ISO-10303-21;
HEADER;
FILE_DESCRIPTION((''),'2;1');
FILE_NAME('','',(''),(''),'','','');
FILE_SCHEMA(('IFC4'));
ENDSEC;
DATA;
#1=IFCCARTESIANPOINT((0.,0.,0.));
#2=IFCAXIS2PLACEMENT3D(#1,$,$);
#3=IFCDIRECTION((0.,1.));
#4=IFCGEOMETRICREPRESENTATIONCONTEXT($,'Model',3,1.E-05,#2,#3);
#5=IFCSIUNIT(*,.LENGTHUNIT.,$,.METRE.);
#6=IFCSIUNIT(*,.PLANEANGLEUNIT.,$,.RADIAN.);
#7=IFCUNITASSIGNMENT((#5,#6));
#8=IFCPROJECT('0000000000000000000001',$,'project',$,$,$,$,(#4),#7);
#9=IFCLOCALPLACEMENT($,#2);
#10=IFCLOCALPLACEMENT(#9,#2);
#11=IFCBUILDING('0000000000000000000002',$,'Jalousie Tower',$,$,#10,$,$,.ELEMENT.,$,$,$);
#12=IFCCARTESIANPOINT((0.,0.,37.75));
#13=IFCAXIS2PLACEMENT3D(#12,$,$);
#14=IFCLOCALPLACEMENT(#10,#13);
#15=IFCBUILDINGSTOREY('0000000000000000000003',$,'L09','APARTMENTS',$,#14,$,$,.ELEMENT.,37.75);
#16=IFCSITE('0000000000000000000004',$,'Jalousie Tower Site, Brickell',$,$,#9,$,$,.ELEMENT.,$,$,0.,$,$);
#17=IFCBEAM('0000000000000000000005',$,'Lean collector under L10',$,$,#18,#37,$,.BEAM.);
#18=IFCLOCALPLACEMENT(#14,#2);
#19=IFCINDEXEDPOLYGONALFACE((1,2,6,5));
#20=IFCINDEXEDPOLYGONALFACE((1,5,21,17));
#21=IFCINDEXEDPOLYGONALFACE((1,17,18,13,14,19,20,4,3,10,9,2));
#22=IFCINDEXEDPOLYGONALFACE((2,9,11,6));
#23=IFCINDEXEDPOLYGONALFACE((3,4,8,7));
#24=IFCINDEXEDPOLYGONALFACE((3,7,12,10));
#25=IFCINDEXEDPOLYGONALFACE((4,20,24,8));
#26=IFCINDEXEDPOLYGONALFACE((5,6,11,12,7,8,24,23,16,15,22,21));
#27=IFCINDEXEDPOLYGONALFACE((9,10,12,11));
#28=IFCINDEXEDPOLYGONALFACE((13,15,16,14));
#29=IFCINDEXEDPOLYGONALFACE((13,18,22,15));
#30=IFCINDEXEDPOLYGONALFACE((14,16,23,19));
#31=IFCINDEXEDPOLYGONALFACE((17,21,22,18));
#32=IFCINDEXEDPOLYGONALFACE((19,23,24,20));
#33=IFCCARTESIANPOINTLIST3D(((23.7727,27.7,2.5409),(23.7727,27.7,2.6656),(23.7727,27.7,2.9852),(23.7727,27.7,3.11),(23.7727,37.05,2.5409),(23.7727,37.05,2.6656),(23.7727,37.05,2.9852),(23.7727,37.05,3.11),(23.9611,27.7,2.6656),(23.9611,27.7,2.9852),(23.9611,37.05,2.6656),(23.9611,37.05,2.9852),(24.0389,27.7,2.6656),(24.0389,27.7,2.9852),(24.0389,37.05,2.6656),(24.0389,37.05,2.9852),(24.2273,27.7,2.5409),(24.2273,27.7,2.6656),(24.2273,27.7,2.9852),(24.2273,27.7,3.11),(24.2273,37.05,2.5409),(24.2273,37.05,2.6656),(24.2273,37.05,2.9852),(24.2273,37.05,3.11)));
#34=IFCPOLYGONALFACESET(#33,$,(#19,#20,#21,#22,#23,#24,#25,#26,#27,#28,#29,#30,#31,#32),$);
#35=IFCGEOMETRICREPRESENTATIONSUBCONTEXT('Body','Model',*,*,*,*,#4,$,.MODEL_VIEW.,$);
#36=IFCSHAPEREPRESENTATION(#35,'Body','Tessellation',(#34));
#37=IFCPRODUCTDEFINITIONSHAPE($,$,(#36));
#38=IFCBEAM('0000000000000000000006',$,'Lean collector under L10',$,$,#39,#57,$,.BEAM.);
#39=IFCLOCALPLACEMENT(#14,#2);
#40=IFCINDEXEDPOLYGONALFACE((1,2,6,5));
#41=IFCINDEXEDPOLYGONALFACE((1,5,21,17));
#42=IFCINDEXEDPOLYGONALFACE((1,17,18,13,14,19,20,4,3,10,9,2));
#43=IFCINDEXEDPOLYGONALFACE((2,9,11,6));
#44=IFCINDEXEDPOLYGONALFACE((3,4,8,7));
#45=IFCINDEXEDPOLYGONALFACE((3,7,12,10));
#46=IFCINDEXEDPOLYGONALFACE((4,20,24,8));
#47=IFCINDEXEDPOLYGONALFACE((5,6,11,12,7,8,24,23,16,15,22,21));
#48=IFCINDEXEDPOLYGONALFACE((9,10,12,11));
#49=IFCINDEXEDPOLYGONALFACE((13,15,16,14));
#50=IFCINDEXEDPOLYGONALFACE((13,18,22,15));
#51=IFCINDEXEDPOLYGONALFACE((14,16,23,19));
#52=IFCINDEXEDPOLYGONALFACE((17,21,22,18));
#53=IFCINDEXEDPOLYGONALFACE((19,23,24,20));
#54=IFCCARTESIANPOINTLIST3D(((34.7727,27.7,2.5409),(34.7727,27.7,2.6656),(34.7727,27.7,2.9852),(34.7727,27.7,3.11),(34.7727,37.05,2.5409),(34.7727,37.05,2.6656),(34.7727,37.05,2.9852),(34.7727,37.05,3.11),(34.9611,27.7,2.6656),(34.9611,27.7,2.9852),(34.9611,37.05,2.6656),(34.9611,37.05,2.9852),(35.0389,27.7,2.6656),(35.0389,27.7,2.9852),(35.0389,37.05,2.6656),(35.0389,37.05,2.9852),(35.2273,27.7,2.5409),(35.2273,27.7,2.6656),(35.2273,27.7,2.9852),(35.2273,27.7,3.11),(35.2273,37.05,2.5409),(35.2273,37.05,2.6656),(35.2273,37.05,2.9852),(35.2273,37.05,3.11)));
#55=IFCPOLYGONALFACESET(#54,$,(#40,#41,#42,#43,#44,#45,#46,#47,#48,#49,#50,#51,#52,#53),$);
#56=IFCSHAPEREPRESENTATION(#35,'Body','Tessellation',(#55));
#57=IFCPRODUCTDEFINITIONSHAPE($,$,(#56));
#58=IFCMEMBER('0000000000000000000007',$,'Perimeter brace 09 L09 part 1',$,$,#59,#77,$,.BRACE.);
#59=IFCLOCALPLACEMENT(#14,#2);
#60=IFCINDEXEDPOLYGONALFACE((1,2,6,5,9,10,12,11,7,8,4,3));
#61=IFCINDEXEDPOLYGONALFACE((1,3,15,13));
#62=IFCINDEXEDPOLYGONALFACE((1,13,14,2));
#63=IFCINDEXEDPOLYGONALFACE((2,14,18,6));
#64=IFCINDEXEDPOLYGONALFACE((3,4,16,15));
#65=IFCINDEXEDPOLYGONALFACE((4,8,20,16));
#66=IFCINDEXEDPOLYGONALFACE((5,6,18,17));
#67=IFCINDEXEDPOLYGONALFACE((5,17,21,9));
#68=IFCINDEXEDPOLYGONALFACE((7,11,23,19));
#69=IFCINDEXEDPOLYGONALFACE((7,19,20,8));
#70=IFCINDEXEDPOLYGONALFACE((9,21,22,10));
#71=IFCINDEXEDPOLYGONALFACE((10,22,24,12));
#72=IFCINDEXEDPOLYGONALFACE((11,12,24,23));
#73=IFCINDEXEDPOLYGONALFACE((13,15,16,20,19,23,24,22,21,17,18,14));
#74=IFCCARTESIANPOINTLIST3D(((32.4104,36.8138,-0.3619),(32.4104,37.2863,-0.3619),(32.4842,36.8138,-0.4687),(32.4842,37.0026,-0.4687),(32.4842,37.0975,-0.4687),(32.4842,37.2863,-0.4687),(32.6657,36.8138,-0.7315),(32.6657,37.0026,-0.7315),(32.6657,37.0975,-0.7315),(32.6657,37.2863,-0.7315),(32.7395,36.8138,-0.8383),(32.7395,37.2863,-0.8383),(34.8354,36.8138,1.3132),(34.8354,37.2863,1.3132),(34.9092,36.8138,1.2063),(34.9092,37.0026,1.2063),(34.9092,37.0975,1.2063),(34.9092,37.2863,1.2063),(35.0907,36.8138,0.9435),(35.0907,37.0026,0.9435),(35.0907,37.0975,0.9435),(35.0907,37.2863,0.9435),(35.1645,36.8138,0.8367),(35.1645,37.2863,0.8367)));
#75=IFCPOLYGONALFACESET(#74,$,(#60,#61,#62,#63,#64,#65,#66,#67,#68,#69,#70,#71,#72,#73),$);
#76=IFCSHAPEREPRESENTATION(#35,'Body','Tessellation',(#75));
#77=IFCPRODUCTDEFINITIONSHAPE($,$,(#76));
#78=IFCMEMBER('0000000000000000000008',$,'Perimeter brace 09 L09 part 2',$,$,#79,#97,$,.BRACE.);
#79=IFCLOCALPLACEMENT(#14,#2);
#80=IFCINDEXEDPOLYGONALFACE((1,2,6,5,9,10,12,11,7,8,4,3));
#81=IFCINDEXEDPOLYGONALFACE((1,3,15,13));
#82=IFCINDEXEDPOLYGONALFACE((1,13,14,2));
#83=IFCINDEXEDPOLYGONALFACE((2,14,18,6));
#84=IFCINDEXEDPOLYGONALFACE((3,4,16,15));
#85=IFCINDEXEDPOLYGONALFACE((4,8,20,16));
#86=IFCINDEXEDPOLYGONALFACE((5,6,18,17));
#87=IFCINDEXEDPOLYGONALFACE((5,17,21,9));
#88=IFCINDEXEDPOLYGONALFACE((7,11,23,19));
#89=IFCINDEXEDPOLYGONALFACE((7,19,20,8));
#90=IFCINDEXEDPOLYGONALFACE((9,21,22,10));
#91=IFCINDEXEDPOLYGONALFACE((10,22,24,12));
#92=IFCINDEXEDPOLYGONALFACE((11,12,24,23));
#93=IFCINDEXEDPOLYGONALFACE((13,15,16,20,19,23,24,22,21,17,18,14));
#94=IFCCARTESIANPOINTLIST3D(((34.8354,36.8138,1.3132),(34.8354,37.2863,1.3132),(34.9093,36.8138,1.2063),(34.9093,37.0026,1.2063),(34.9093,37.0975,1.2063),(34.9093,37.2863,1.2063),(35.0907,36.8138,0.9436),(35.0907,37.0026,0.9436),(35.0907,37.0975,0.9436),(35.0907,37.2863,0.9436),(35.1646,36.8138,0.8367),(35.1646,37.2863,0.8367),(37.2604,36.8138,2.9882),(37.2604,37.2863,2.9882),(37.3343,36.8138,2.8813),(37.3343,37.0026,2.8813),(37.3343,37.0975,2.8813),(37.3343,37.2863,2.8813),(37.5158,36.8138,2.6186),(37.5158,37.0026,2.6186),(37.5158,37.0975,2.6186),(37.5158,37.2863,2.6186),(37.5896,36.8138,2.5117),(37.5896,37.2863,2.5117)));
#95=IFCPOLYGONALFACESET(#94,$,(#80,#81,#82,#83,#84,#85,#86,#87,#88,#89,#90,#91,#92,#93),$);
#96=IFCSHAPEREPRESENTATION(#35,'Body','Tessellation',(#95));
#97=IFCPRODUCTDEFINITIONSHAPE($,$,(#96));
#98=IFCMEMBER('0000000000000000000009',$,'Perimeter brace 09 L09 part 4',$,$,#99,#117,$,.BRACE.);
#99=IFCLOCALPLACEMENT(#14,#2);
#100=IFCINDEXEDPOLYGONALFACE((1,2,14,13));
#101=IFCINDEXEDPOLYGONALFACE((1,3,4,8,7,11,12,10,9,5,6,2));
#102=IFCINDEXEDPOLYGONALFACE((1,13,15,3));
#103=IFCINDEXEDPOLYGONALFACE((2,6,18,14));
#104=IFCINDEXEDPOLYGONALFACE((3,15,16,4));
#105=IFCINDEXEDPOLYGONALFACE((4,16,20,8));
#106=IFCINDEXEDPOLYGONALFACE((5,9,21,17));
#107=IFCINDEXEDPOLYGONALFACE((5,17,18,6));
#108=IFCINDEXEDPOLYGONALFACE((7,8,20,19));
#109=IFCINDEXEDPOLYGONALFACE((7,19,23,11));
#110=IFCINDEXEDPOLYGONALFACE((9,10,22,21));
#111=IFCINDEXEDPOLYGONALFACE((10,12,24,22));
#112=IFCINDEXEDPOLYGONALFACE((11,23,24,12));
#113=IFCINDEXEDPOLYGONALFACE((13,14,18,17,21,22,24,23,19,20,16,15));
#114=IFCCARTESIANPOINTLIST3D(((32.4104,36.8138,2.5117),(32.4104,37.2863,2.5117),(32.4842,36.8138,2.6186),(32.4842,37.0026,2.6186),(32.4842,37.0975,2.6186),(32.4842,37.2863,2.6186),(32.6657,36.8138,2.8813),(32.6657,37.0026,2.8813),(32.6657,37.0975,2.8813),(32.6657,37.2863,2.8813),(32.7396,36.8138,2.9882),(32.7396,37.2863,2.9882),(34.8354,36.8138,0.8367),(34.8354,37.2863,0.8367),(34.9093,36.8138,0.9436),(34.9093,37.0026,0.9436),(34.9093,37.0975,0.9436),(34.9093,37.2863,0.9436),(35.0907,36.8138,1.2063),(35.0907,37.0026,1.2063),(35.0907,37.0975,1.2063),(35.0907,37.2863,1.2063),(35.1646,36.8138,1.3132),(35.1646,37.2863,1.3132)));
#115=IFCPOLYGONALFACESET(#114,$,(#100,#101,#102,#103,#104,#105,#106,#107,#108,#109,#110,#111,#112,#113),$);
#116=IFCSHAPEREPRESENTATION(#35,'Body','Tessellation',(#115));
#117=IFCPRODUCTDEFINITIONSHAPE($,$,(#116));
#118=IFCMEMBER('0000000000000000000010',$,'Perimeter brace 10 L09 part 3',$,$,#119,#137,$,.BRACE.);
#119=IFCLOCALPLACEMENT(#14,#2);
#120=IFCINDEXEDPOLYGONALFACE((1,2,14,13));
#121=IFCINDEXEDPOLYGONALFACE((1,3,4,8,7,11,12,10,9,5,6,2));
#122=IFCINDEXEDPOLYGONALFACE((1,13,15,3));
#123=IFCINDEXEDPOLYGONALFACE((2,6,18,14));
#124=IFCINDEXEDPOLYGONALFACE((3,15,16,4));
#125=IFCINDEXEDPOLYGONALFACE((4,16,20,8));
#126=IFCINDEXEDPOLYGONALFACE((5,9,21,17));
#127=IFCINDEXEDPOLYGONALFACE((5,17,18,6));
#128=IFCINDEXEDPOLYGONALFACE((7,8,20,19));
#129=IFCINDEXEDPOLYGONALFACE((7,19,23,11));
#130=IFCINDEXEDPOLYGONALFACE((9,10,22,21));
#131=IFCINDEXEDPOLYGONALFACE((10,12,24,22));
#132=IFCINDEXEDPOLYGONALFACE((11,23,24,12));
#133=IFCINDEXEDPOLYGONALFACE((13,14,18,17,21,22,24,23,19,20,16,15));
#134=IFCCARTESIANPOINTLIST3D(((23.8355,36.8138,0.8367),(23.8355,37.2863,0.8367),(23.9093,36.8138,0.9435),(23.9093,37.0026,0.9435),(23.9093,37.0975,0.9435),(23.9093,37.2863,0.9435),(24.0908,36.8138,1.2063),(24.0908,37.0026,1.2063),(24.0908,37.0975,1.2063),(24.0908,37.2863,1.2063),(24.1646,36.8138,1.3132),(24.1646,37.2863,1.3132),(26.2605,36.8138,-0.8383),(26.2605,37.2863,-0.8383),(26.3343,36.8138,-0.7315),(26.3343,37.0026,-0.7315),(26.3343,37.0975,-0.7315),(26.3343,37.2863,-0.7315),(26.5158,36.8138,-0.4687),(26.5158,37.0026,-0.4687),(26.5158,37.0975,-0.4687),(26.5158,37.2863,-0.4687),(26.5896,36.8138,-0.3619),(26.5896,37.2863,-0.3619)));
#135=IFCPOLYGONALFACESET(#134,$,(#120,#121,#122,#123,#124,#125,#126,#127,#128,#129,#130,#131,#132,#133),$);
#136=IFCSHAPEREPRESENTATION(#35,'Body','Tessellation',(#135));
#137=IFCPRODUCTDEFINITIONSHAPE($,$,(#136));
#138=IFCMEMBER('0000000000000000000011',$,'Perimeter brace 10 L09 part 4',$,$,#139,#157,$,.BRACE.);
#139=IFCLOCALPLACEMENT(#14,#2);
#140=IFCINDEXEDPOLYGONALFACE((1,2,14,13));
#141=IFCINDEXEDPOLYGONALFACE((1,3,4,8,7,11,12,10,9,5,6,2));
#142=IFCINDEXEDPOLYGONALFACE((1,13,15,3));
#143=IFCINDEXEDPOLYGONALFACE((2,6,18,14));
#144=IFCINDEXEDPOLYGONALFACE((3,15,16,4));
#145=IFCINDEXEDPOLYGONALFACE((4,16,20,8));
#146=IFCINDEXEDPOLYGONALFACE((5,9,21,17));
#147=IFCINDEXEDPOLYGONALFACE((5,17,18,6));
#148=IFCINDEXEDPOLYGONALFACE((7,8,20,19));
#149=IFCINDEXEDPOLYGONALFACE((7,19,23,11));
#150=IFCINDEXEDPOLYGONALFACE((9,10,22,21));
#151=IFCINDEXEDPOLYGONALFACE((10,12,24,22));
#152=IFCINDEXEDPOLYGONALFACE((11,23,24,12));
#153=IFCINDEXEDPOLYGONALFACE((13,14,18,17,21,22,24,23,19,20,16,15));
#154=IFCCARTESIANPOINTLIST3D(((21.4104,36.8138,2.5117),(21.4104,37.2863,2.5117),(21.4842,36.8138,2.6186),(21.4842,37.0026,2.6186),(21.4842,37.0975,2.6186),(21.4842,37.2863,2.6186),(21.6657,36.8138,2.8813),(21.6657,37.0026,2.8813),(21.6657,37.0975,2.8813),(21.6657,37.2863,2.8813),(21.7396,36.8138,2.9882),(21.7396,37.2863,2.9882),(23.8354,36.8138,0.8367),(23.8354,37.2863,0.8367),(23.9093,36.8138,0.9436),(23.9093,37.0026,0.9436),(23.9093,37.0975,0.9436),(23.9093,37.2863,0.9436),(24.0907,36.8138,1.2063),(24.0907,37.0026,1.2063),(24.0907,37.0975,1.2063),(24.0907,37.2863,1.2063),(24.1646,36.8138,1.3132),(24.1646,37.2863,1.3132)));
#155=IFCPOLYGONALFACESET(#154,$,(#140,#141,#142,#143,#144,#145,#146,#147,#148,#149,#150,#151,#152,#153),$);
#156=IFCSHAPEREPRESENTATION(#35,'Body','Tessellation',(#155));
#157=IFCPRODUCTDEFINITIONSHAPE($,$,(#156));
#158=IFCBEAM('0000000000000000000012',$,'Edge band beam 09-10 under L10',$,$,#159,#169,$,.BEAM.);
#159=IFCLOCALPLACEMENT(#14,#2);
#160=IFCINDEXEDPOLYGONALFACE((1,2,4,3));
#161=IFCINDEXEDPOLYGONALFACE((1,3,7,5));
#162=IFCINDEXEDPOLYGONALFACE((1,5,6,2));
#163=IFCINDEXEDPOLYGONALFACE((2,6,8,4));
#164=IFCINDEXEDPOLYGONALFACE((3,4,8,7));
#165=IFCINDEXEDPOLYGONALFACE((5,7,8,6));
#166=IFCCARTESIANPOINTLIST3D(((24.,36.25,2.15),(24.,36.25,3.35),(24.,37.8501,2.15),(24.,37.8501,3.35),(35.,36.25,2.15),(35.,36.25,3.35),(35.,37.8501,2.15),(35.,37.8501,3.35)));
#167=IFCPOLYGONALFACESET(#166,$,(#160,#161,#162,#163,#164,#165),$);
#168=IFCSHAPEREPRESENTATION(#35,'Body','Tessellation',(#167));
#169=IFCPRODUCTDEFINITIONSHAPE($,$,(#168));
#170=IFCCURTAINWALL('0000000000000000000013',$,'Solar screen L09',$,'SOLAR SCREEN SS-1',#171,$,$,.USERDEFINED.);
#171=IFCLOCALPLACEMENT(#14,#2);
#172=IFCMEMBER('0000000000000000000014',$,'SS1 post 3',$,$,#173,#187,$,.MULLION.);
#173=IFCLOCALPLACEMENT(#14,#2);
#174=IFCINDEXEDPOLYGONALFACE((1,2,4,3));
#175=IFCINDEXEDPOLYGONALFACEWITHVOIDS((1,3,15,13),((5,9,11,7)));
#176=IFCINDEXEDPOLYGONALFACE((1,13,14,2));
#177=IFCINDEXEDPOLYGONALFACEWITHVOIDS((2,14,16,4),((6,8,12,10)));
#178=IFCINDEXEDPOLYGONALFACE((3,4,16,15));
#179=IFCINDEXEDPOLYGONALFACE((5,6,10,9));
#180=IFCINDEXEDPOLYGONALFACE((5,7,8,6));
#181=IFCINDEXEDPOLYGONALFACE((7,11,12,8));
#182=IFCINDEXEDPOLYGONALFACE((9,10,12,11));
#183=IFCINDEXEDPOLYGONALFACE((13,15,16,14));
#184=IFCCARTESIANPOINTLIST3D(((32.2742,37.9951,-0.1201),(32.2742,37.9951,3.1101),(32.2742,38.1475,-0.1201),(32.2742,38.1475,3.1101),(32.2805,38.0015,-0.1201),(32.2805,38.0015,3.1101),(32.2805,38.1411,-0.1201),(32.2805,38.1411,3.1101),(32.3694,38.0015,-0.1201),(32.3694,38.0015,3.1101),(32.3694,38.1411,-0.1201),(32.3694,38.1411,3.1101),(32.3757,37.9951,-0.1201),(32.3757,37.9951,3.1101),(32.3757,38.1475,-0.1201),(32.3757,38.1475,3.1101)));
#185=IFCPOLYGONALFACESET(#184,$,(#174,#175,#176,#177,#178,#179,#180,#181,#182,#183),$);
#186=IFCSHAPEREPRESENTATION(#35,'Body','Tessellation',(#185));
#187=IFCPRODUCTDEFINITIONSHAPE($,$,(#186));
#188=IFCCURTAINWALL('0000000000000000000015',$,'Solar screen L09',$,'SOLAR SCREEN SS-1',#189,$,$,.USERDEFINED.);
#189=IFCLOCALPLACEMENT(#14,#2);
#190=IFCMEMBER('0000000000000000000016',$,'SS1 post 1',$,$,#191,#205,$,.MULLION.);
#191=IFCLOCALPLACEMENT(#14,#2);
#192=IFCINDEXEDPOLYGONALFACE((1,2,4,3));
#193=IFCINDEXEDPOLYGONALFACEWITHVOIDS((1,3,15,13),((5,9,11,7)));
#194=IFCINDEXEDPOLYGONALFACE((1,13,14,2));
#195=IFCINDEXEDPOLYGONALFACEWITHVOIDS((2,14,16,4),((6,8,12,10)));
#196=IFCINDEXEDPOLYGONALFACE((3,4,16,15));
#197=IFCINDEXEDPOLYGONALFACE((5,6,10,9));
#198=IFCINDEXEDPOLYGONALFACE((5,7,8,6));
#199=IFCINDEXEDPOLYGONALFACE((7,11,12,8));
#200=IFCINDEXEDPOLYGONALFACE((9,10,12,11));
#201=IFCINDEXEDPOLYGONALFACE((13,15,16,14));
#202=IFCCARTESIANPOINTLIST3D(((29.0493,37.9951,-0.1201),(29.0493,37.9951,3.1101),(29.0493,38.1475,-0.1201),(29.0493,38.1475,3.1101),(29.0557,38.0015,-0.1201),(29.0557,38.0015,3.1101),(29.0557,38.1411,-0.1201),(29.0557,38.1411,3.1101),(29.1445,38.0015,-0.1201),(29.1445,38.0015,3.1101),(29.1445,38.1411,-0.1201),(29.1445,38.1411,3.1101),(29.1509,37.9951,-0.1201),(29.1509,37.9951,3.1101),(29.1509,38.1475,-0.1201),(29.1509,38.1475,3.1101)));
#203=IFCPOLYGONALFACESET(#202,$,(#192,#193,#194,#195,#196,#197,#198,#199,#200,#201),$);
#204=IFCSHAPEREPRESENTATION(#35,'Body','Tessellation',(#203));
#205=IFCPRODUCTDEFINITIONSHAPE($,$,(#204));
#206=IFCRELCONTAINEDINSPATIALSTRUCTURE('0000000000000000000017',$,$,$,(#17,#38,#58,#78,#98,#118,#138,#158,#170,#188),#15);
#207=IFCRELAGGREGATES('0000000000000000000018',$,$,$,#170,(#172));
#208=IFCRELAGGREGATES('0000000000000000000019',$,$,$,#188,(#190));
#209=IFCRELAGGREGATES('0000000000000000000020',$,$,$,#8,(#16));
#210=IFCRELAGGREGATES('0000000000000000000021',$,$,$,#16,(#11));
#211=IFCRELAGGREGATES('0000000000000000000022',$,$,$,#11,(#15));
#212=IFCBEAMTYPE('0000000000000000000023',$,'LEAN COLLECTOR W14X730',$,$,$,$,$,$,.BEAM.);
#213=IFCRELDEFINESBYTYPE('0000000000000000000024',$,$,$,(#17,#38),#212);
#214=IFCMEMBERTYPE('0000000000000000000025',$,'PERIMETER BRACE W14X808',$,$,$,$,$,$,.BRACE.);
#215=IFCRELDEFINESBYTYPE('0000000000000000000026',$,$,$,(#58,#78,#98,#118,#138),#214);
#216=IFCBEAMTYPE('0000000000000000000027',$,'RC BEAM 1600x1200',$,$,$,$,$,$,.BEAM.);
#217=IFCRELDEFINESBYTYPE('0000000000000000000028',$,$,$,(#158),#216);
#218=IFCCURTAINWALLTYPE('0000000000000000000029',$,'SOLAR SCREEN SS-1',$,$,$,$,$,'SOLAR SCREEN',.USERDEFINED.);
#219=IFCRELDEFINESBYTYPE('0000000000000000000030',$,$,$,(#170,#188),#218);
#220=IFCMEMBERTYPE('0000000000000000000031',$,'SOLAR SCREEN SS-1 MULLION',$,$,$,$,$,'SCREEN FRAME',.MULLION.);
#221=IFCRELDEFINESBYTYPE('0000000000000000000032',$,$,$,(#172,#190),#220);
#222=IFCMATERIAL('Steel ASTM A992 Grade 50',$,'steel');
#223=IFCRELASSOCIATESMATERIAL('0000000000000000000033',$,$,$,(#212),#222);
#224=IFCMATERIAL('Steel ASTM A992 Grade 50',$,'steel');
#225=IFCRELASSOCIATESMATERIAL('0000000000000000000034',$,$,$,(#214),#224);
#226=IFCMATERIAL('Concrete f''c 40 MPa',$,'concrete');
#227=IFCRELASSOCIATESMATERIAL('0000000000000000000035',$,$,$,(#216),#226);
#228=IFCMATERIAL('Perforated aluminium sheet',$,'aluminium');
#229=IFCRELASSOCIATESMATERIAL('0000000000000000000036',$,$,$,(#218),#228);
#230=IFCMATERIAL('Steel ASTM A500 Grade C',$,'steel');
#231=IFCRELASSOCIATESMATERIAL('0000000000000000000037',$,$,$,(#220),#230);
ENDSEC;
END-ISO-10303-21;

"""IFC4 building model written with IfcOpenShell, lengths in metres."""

from ifc_helpers import new_model, si_unit, direction, frame, origin, origin_2d, place, context, subcontext, project, spatial, rectangle, hollow_rectangle, i_section, extrude, material, material_profile, profile_set, type_object, element, aggregate, save


model = new_model("IFC4")

# Units and contexts
model_context = context("Model", 3, precision=1e-05, world=origin(), true_north=direction((0.0, 1.0)))
body_context = subcontext(model_context, "Body", "Model", "MODEL_VIEW")
ifc_project = project(units=[si_unit("LENGTHUNIT", "METRE"), si_unit("PLANEANGLEUNIT", "RADIAN")], contexts=[model_context])

# Site, building, storey
site_placement = place(None, origin())
site = spatial("IfcSite", under=ifc_project, at=site_placement, Name="Jalousie Tower Site, Brickell", CompositionType="ELEMENT", RefElevation=0.0)
building_placement = place(site_placement, origin())
building = spatial("IfcBuilding", under=site, at=building_placement, Name="Jalousie Tower", CompositionType="ELEMENT")
storey_placement = place(building_placement, frame((0.0, 0.0, 37.75)))
storey = spatial("IfcBuildingStorey", under=building, at=storey_placement, Name="L09", Description="APARTMENTS", CompositionType="ELEMENT", Elevation=37.75)

# Beams
ifc_material_1 = material(Name="Steel ASTM A992 Grade 50", Category="steel")
ifc_material_profile_1 = material_profile(ifc_material_1, i_section(OverallWidth=0.4546, OverallDepth=0.5691, WebThickness=0.0779, FlangeThickness=0.1248, at=origin_2d()), Name="W14X730")
ifc_profile_set_1 = profile_set([ifc_material_profile_1], Name="Steel ASTM A992 Grade 50")
beam_type_1 = type_object("IfcBeamType", Name="LEAN COLLECTOR W14X730", PredefinedType="BEAM", material=ifc_profile_set_1)
for number, where, z_axis, x_axis, name in (
    (1, (24.0, 37.05, 2.8254), (0.0, -1.0, 0.0), (1.0, 0.0, 0.0), "Lean collector under L10"),
    (2, (35.0, 37.05, 2.8254), (0.0, -1.0, 0.0), (1.0, 0.0, 0.0), "Lean collector under L10"),
):
    element("IfcBeam", number, at=place(storey_placement, frame(where, z_axis=z_axis, x_axis=x_axis)), inside=storey, type_object=beam_type_1, Name=name, PredefinedType="BEAM", context=body_context, shape_type="SweptSolid", body=[
        extrude(i_section(OverallWidth=0.4546, OverallDepth=0.5691, WebThickness=0.0779, FlangeThickness=0.1248, at=origin_2d()), origin(), (0.0, 0.0, 1.0), 9.3501),
    ])

# Members
ifc_material_2 = material(Name="Steel ASTM A992 Grade 50", Category="steel")
ifc_material_profile_2 = material_profile(ifc_material_2, i_section(OverallWidth=0.4724, OverallDepth=0.5791, WebThickness=0.095, FlangeThickness=0.1299, at=origin_2d()), Name="W14X808")
ifc_profile_set_2 = profile_set([ifc_material_profile_2], Name="Steel ASTM A992 Grade 50")
member_type_1 = type_object("IfcMemberType", Name="PERIMETER BRACE W14X808", PredefinedType="BRACE", material=ifc_profile_set_2)
for number, where, z_axis, x_axis, name in (
    (3, (32.575, 37.05, -0.6001), (0.8228, 0.0, 0.568331), (0.0, 1.0, 0.0), "Perimeter brace 09 L09 part 1"),
    (4, (35.0, 37.05, 1.075), (0.8228, 0.0, 0.568331), (0.0, 1.0, 0.0), "Perimeter brace 09 L09 part 2"),
    (5, (35.0, 37.05, 1.075), (-0.8228, 0.0, 0.568331), (0.0, -1.0, 0.0), "Perimeter brace 09 L09 part 4"),
    (6, (26.425, 37.05, -0.6001), (-0.8228, 0.0, 0.568331), (0.0, -1.0, 0.0), "Perimeter brace 10 L09 part 3"),
    (7, (24.0, 37.05, 1.075), (-0.8228, 0.0, 0.568331), (0.0, -1.0, 0.0), "Perimeter brace 10 L09 part 4"),
):
    element("IfcMember", number, at=place(storey_placement, frame(where, z_axis=z_axis, x_axis=x_axis)), inside=storey, type_object=member_type_1, Name=name, PredefinedType="BRACE", context=body_context, shape_type="SweptSolid", body=[
        extrude(i_section(OverallWidth=0.4724, OverallDepth=0.5791, WebThickness=0.095, FlangeThickness=0.1299, at=origin_2d()), origin(), (0.0, 0.0, 1.0), 2.9473),
    ])

# Beam
ifc_material_3 = material(Name="Concrete f'c 40 MPa", Category="concrete")
ifc_material_profile_3 = material_profile(ifc_material_3, rectangle(XDim=1.6001, YDim=1.2, at=origin_2d()), Name="RC 1600x1200")
ifc_profile_set_3 = profile_set([ifc_material_profile_3], Name="Concrete f'c 40 MPa")
beam_type_2 = type_object("IfcBeamType", Name="RC BEAM 1600x1200", PredefinedType="BEAM", material=ifc_profile_set_3)
beam_placement = place(storey_placement, frame((35.0, 37.05, 2.75), z_axis=(-1.0, 0.0, 0.0), x_axis=(0.0, -1.0, 0.0)))
element("IfcBeam", 8, at=beam_placement, inside=storey, type_object=beam_type_2, Name="Edge band beam 09-10 under L10", PredefinedType="BEAM", context=body_context, shape_type="SweptSolid", body=[
    extrude(rectangle(XDim=1.6001, YDim=1.2, at=origin_2d()), origin(), (0.0, 0.0, 1.0), 11.0),
])

# Curtain wall, member
ifc_material_4 = material(Name="Perforated aluminium sheet", Category="aluminium")
curtain_wall_type = type_object("IfcCurtainWallType", Name="SOLAR SCREEN SS-1", ElementType="SOLAR SCREEN", PredefinedType="USERDEFINED", material=ifc_material_4)
curtain_wall_1_placement = place(storey_placement, origin())
curtain_wall_1 = element("IfcCurtainWall", 9, at=curtain_wall_1_placement, inside=storey, type_object=curtain_wall_type, Name="Solar screen L09", ObjectType="SOLAR SCREEN SS-1", PredefinedType="USERDEFINED")
ifc_material_5 = material(Name="Steel ASTM A500 Grade C", Category="steel")
ifc_material_profile_4 = material_profile(ifc_material_5, hollow_rectangle(XDim=0.1016, YDim=0.1523, WallThickness=0.0063, at=origin_2d()), Name="HSS6X4X1/4")
ifc_profile_set_4 = profile_set([ifc_material_profile_4], Name="Steel ASTM A500 Grade C")
member_type_2 = type_object("IfcMemberType", Name="SOLAR SCREEN SS-1 MULLION", ElementType="SCREEN FRAME", PredefinedType="MULLION", material=ifc_profile_set_4)
member_1_placement = place(storey_placement, frame((32.325, 38.0713, -0.1201), z_axis=(0.0, 0.0, 1.0), x_axis=(-1.0, 0.0, 0.0)))
member_1 = element("IfcMember", 10, at=member_1_placement, type_object=member_type_2, Name="SS1 post 3", PredefinedType="MULLION", context=body_context, shape_type="SweptSolid", body=[
    extrude(hollow_rectangle(XDim=0.1016, YDim=0.1523, WallThickness=0.0063, at=origin_2d()), origin(), (0.0, 0.0, 1.0), 3.2302),
])

# Curtain wall, member
curtain_wall_2_placement = place(storey_placement, origin())
curtain_wall_2 = element("IfcCurtainWall", 11, at=curtain_wall_2_placement, inside=storey, type_object=curtain_wall_type, Name="Solar screen L09", ObjectType="SOLAR SCREEN SS-1", PredefinedType="USERDEFINED")
member_2_placement = place(storey_placement, frame((29.1001, 38.0713, -0.1201), z_axis=(0.0, 0.0, 1.0), x_axis=(-1.0, 0.0, 0.0)))
member_2 = element("IfcMember", 12, at=member_2_placement, type_object=member_type_2, Name="SS1 post 1", PredefinedType="MULLION", context=body_context, shape_type="SweptSolid", body=[
    extrude(hollow_rectangle(XDim=0.1016, YDim=0.1523, WallThickness=0.0063, at=origin_2d()), origin(), (0.0, 0.0, 1.0), 3.2302),
])

aggregate(curtain_wall_1, [member_1])
aggregate(curtain_wall_2, [member_2])

save(model, "model.ifc")
